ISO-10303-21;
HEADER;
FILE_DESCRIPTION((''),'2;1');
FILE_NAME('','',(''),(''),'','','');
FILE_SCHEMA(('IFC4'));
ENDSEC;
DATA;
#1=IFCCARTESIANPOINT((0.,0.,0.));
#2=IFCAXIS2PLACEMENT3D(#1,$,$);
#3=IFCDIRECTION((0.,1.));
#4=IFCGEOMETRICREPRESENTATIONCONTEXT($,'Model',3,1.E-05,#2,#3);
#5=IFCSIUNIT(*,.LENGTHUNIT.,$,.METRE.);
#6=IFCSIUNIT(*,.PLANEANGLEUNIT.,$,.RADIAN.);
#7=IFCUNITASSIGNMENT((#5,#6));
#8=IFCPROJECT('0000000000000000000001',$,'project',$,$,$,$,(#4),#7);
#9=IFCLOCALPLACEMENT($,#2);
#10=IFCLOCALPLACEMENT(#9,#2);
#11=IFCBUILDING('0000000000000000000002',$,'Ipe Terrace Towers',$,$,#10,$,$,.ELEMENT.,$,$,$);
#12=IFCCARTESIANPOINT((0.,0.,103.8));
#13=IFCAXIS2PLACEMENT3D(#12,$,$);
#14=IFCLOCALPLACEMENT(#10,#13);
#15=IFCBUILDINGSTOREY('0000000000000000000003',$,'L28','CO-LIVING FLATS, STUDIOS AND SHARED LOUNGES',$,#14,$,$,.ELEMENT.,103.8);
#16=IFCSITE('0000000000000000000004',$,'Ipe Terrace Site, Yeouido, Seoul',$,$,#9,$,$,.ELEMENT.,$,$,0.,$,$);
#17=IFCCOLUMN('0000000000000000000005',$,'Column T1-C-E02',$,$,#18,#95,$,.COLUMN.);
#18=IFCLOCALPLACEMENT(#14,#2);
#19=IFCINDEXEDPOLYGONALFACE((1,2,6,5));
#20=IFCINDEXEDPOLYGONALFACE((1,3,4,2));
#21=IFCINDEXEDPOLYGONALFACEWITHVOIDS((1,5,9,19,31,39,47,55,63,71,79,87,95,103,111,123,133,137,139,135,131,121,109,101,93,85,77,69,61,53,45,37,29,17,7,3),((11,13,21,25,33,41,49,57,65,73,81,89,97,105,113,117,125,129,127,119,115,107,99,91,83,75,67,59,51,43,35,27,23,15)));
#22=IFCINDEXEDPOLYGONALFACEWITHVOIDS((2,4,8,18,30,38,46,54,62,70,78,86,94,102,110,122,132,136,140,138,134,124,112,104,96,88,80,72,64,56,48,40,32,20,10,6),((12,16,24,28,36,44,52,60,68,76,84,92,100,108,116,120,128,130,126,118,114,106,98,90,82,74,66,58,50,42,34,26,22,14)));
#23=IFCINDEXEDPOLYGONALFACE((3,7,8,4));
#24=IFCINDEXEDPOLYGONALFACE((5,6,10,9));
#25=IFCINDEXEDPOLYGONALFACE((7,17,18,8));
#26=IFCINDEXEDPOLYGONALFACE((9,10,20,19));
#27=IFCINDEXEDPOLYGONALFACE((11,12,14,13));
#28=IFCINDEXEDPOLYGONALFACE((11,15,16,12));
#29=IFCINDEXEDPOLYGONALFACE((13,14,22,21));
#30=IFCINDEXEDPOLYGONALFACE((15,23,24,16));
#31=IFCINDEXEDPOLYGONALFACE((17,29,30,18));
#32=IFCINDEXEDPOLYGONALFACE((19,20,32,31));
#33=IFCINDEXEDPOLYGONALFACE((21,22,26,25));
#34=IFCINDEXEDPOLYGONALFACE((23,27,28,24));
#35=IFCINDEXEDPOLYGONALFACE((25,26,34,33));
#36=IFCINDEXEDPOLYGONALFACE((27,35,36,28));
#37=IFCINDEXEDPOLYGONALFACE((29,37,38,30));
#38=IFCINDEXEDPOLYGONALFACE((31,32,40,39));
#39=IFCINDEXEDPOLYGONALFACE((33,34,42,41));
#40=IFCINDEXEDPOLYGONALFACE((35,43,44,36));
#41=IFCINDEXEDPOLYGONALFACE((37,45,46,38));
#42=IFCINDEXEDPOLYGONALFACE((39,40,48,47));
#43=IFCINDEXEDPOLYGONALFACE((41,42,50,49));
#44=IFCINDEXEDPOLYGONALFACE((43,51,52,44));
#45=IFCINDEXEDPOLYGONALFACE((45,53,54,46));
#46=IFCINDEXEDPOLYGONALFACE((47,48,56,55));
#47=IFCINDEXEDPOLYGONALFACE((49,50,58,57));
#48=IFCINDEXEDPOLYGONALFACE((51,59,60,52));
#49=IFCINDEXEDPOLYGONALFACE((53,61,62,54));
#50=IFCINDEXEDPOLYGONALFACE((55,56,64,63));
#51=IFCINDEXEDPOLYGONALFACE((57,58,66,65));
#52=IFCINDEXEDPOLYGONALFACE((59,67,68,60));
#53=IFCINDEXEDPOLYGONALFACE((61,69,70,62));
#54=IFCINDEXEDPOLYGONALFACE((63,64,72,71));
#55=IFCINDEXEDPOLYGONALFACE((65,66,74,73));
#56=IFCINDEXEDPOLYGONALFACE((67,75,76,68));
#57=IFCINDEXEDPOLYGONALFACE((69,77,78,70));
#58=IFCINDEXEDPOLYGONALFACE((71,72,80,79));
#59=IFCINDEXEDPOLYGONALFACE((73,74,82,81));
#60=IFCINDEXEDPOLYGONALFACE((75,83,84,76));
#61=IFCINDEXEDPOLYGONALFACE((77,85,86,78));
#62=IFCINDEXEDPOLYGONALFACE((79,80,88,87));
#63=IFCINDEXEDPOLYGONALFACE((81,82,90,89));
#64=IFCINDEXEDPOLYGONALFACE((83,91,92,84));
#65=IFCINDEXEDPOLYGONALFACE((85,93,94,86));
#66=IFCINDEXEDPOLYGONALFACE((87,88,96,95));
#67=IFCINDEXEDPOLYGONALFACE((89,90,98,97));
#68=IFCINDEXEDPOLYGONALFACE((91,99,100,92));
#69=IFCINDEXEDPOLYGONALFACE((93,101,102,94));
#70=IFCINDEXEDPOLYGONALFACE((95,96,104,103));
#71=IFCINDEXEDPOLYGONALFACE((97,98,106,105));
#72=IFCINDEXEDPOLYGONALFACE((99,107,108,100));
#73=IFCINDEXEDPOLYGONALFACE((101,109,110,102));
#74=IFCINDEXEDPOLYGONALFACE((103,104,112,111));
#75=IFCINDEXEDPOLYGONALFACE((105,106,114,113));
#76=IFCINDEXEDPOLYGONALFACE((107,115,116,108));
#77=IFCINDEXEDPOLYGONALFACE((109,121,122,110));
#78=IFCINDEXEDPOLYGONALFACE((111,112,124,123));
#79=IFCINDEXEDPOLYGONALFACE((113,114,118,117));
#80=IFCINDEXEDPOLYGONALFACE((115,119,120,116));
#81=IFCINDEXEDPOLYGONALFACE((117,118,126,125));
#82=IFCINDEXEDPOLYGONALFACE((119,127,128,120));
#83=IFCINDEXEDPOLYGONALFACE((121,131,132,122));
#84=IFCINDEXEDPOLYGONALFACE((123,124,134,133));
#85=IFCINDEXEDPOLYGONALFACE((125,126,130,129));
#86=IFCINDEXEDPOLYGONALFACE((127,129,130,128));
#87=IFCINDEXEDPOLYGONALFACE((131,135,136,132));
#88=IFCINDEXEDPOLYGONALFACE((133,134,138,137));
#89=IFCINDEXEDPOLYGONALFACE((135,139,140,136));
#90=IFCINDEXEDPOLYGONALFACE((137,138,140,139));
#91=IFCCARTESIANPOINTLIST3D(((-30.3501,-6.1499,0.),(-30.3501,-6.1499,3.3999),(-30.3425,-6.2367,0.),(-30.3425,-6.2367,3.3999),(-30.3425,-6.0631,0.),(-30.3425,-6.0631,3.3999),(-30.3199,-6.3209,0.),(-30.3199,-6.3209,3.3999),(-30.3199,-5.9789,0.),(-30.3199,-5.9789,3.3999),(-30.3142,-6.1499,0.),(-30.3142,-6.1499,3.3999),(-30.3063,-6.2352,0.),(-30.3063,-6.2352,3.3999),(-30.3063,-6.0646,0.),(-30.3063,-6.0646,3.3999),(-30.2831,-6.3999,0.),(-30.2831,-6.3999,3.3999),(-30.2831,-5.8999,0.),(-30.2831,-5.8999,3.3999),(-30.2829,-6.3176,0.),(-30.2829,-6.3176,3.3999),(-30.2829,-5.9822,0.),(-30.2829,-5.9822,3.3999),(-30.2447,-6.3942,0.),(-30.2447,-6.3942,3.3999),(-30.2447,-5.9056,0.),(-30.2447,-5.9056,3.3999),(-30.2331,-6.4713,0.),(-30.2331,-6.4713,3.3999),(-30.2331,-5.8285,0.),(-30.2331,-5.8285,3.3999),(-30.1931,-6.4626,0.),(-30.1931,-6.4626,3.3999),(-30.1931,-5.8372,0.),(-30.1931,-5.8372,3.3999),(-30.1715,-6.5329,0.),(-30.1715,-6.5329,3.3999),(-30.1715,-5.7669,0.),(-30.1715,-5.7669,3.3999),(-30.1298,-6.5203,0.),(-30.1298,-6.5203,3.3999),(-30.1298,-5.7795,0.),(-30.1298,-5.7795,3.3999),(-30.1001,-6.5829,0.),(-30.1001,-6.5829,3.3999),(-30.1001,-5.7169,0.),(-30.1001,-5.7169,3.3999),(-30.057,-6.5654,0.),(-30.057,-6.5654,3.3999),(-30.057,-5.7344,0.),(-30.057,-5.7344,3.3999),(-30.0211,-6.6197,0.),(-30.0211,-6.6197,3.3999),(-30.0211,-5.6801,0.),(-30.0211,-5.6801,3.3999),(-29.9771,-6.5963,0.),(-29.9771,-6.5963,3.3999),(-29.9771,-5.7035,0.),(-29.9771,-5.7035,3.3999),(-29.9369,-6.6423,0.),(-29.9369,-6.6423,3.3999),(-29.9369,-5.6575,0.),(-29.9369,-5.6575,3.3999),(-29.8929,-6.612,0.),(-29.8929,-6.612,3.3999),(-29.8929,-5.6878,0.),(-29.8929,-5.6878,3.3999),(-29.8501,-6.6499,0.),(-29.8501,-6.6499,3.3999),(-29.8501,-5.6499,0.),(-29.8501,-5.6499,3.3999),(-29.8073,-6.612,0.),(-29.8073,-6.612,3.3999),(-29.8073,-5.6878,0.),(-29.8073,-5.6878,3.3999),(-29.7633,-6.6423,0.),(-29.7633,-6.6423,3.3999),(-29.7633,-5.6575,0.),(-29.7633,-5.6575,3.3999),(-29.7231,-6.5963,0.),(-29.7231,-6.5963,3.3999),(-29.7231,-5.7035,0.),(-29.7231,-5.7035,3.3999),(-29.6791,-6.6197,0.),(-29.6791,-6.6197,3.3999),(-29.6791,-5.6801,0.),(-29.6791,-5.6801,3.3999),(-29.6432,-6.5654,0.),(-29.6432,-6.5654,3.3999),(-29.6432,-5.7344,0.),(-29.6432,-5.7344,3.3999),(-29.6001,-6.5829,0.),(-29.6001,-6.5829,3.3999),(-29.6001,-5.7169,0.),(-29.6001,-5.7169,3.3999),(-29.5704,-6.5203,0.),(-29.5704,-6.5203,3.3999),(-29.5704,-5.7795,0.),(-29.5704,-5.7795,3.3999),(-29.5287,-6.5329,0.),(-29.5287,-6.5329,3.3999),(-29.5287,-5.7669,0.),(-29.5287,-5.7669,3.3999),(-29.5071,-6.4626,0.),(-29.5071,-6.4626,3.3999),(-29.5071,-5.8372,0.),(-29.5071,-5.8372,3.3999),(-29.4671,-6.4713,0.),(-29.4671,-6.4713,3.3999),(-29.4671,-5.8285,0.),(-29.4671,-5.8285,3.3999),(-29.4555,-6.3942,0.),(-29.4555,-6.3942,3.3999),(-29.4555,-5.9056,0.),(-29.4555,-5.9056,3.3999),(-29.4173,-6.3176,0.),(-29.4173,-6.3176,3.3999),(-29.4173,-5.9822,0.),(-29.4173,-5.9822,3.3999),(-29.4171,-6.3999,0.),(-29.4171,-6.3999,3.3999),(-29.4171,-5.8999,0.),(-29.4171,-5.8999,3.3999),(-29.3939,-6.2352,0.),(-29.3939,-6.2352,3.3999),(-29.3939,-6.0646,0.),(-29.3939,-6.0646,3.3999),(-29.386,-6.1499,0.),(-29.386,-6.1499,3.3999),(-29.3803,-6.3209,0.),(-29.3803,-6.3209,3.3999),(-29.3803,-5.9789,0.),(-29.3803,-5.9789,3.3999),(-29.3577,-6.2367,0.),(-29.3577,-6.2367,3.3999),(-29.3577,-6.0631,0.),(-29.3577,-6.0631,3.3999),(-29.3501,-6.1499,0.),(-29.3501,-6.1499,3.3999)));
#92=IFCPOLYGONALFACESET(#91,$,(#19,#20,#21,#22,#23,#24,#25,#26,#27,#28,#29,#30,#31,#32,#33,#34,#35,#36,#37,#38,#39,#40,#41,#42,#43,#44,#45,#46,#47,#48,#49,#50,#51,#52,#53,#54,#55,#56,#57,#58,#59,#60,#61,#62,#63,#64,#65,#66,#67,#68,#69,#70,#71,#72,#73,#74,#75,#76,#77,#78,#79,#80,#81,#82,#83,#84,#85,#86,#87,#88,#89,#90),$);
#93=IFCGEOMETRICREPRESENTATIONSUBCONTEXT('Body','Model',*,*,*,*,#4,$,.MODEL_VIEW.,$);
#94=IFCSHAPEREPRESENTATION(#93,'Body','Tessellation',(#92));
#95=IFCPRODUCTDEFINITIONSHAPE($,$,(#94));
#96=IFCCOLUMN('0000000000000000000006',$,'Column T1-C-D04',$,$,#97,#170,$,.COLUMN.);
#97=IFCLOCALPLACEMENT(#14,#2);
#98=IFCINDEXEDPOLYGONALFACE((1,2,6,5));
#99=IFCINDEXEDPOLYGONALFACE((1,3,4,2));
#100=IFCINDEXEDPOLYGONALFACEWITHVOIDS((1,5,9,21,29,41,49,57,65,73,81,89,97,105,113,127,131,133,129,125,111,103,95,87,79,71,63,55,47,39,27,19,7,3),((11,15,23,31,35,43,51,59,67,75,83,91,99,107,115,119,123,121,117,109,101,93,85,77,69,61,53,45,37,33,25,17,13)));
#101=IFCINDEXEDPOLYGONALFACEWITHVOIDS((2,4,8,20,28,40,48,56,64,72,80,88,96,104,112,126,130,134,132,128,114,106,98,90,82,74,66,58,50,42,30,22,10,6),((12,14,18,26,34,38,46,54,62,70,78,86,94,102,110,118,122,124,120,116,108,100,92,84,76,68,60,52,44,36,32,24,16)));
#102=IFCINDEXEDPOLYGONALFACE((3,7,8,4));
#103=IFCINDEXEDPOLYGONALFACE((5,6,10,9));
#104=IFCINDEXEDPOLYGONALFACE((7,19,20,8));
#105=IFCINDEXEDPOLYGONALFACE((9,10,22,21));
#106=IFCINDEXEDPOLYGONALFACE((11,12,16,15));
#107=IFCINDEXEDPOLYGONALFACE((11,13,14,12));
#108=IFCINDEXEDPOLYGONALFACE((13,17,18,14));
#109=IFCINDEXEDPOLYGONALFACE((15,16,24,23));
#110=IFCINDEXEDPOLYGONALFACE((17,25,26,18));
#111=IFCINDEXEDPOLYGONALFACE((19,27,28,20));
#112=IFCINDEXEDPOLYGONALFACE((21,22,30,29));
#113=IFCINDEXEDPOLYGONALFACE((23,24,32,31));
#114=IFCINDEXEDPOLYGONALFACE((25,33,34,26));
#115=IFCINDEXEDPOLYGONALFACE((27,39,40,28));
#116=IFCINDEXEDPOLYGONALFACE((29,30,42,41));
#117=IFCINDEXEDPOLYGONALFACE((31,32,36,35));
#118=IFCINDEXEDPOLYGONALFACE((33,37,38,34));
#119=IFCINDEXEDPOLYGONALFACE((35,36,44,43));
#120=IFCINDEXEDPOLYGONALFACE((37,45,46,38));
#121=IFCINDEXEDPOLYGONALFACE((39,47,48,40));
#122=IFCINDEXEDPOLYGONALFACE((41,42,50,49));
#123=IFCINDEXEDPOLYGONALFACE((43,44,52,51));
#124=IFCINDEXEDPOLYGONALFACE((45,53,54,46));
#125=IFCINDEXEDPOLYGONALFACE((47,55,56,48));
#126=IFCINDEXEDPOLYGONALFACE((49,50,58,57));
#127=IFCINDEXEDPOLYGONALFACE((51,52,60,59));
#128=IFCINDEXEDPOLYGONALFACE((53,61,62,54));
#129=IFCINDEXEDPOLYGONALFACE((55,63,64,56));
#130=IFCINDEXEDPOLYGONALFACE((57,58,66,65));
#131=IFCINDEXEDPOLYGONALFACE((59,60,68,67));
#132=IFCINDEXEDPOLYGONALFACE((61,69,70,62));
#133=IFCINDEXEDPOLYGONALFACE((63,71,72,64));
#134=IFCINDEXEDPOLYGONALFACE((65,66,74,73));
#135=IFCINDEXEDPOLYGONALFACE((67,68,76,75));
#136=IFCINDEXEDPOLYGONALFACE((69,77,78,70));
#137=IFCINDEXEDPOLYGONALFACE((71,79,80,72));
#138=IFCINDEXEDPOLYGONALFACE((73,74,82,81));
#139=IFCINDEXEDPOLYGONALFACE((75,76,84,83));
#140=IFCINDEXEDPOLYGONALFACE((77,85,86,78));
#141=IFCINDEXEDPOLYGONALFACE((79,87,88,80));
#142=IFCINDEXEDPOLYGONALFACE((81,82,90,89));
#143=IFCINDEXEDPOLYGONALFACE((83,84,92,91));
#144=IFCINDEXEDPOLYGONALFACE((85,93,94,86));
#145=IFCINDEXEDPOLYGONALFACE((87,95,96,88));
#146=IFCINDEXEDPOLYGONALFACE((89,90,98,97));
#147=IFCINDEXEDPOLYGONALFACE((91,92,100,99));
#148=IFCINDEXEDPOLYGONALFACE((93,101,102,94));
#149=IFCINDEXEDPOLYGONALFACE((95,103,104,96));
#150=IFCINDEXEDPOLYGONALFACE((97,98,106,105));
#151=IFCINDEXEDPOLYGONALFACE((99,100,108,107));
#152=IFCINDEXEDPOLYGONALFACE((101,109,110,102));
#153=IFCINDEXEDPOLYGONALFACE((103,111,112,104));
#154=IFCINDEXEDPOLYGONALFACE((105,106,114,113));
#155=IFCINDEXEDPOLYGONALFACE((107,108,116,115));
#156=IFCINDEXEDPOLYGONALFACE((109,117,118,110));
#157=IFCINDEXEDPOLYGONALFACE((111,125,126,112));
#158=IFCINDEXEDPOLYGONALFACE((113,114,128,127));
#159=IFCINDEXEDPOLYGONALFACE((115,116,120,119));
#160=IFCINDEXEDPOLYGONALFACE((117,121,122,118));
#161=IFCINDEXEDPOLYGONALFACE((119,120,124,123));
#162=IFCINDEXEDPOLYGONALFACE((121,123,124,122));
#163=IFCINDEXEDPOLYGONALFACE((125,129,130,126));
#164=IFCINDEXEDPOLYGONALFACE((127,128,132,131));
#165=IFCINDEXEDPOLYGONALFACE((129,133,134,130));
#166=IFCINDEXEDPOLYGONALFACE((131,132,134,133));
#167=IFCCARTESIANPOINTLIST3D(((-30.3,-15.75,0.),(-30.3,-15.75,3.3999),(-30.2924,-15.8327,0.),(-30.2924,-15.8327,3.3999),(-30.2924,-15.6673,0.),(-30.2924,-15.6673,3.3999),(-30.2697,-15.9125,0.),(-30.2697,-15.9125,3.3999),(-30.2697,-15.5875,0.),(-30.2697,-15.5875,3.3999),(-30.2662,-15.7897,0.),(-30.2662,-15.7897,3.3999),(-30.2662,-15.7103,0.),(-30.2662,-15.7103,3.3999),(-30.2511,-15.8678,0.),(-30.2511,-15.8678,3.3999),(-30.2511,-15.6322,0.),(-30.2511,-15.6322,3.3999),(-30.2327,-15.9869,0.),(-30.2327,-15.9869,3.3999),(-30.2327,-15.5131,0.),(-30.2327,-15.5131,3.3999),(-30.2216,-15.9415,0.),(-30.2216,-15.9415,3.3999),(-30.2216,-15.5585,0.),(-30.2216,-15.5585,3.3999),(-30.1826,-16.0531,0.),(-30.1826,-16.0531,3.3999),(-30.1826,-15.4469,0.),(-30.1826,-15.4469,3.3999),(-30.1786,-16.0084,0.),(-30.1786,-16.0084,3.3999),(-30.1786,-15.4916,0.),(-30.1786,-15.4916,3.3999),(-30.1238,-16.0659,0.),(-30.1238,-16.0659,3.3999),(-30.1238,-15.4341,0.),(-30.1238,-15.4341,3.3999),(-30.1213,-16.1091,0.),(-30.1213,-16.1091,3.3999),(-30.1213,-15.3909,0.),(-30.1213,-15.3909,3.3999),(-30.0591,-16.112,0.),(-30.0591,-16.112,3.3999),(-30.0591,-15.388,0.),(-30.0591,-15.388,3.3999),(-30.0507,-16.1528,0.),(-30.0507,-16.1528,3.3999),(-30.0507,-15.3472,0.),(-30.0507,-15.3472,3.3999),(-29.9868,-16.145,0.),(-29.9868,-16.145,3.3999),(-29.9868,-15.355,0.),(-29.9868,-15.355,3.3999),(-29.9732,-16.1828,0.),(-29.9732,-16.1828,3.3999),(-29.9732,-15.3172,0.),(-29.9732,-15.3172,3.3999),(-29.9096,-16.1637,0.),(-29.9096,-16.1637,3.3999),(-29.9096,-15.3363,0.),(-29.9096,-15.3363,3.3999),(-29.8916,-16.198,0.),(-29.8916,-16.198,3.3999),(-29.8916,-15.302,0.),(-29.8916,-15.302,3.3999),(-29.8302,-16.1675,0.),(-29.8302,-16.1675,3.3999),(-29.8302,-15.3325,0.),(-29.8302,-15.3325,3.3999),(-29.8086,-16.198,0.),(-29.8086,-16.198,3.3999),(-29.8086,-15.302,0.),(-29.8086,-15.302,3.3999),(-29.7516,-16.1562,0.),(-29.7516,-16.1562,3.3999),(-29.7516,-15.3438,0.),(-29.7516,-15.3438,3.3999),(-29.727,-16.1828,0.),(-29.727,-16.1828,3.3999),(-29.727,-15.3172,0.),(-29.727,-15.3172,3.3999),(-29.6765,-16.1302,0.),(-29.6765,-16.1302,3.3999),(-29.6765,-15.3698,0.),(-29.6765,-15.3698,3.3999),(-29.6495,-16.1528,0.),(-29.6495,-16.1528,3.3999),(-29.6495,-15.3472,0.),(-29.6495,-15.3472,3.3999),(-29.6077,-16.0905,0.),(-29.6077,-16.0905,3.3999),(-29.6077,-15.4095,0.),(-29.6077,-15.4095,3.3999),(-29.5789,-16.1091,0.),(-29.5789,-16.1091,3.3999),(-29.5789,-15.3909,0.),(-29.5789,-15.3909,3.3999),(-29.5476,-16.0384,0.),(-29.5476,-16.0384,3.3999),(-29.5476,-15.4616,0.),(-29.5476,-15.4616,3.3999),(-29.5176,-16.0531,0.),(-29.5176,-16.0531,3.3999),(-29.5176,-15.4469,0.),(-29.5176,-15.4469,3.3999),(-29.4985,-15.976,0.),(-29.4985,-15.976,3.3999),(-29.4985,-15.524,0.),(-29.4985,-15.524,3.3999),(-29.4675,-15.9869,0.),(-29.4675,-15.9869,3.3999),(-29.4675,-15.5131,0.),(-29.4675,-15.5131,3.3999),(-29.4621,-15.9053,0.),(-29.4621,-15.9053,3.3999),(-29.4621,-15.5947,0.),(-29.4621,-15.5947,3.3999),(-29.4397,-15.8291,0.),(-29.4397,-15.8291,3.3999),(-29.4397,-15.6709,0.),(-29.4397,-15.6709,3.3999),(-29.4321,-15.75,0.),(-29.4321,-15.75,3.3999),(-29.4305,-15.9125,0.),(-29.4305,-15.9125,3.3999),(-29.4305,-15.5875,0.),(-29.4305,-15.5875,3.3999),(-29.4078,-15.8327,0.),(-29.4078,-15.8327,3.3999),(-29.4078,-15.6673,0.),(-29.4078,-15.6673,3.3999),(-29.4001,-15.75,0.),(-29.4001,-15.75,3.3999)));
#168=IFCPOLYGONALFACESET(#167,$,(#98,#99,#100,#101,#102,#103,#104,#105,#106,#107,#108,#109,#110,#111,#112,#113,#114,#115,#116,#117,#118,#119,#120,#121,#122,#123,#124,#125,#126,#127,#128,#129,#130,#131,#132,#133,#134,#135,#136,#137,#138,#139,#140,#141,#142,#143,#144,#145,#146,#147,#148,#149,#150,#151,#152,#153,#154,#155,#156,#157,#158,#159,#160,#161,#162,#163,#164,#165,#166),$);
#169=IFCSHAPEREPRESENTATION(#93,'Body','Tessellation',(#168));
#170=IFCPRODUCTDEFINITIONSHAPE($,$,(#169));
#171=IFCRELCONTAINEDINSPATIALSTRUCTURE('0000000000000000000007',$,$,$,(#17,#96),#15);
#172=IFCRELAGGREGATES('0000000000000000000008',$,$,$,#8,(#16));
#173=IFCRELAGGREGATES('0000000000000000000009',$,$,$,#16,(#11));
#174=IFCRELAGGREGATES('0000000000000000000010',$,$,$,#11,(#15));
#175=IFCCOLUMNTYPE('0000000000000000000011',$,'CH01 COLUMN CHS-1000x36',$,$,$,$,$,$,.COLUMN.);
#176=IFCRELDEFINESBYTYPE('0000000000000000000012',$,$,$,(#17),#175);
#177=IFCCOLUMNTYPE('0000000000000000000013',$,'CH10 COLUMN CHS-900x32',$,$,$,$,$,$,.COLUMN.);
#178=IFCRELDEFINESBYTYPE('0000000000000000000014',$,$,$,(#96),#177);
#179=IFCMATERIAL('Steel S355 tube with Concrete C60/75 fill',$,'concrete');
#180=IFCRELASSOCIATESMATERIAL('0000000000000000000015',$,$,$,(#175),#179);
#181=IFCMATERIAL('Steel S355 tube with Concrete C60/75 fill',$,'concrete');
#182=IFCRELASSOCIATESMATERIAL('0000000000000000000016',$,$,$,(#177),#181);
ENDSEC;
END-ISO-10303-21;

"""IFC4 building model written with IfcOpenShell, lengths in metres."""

from ifc_helpers import new_model, si_unit, direction, frame, origin, origin_2d, place, context, subcontext, project, spatial, hollow_circle, extrude, material, material_profile, profile_set, type_object, element, save


model = new_model("IFC4")

# Units and contexts
model_context = context("Model", 3, precision=1e-05, world=origin(), true_north=direction((0.0, 1.0)))
body_context = subcontext(model_context, "Body", "Model", "MODEL_VIEW")
ifc_project = project(units=[si_unit("LENGTHUNIT", "METRE"), si_unit("PLANEANGLEUNIT", "RADIAN")], contexts=[model_context])

# Site, building, storey
site_placement = place(None, origin())
site = spatial("IfcSite", under=ifc_project, at=site_placement, Name="Ipe Terrace Site, Yeouido, Seoul", CompositionType="ELEMENT", RefElevation=0.0)
building_placement = place(site_placement, origin())
building = spatial("IfcBuilding", under=site, at=building_placement, Name="Ipe Terrace Towers", CompositionType="ELEMENT")
storey_placement = place(building_placement, frame((0.0, 0.0, 103.8)))
storey = spatial("IfcBuildingStorey", under=building, at=storey_placement, Name="L28", Description="CO-LIVING FLATS, STUDIOS AND SHARED LOUNGES", CompositionType="ELEMENT", Elevation=103.8)

# Columns
ifc_material_1 = material(Name="Steel S355 tube with Concrete C60/75 fill", Category="concrete")
ifc_material_profile_1 = material_profile(ifc_material_1, hollow_circle(Radius=0.5, WallThickness=0.0359, at=origin_2d()), Name="CHS-1000x36")
ifc_profile_set_1 = profile_set([ifc_material_profile_1], Name="Steel S355 tube with Concrete C60/75 fill")
column_type_1 = type_object("IfcColumnType", Name="CH01 COLUMN CHS-1000x36", PredefinedType="COLUMN", material=ifc_profile_set_1)
column_placement = place(storey_placement, frame((-29.8501, -6.1499, 0.0), z_axis=(0.0, 0.0, 1.0), x_axis=(1.0, 0.0, 0.0)))
element("IfcColumn", 1, at=column_placement, inside=storey, type_object=column_type_1, Name="Column T1-C-E02", PredefinedType="COLUMN", context=body_context, shape_type="SweptSolid", body=[
    extrude(hollow_circle(Radius=0.5, WallThickness=0.0359, at=origin_2d()), origin(), (0.0, 0.0, 1.0), 3.3999),
])
ifc_material_2 = material(Name="Steel S355 tube with Concrete C60/75 fill", Category="concrete")
ifc_material_profile_2 = material_profile(ifc_material_2, hollow_circle(Radius=0.45, WallThickness=0.032, at=origin_2d()), Name="CHS-900x32")
ifc_profile_set_2 = profile_set([ifc_material_profile_2], Name="Steel S355 tube with Concrete C60/75 fill")
column_type_2 = type_object("IfcColumnType", Name="CH10 COLUMN CHS-900x32", PredefinedType="COLUMN", material=ifc_profile_set_2)
for number, where, z_axis, x_axis, name in (
    (2, (-29.8501, -15.75, 0.0), (0.0, 0.0, 1.0), (1.0, 0.0, 0.0), "Column T1-C-D04"),
):
    element("IfcColumn", number, at=place(storey_placement, frame(where, z_axis=z_axis, x_axis=x_axis)), inside=storey, type_object=column_type_2, Name=name, PredefinedType="COLUMN", context=body_context, shape_type="SweptSolid", body=[
        extrude(hollow_circle(Radius=0.45, WallThickness=0.032, at=origin_2d()), origin(), (0.0, 0.0, 1.0), 3.3999),
    ])

save(model, "model.ifc")
